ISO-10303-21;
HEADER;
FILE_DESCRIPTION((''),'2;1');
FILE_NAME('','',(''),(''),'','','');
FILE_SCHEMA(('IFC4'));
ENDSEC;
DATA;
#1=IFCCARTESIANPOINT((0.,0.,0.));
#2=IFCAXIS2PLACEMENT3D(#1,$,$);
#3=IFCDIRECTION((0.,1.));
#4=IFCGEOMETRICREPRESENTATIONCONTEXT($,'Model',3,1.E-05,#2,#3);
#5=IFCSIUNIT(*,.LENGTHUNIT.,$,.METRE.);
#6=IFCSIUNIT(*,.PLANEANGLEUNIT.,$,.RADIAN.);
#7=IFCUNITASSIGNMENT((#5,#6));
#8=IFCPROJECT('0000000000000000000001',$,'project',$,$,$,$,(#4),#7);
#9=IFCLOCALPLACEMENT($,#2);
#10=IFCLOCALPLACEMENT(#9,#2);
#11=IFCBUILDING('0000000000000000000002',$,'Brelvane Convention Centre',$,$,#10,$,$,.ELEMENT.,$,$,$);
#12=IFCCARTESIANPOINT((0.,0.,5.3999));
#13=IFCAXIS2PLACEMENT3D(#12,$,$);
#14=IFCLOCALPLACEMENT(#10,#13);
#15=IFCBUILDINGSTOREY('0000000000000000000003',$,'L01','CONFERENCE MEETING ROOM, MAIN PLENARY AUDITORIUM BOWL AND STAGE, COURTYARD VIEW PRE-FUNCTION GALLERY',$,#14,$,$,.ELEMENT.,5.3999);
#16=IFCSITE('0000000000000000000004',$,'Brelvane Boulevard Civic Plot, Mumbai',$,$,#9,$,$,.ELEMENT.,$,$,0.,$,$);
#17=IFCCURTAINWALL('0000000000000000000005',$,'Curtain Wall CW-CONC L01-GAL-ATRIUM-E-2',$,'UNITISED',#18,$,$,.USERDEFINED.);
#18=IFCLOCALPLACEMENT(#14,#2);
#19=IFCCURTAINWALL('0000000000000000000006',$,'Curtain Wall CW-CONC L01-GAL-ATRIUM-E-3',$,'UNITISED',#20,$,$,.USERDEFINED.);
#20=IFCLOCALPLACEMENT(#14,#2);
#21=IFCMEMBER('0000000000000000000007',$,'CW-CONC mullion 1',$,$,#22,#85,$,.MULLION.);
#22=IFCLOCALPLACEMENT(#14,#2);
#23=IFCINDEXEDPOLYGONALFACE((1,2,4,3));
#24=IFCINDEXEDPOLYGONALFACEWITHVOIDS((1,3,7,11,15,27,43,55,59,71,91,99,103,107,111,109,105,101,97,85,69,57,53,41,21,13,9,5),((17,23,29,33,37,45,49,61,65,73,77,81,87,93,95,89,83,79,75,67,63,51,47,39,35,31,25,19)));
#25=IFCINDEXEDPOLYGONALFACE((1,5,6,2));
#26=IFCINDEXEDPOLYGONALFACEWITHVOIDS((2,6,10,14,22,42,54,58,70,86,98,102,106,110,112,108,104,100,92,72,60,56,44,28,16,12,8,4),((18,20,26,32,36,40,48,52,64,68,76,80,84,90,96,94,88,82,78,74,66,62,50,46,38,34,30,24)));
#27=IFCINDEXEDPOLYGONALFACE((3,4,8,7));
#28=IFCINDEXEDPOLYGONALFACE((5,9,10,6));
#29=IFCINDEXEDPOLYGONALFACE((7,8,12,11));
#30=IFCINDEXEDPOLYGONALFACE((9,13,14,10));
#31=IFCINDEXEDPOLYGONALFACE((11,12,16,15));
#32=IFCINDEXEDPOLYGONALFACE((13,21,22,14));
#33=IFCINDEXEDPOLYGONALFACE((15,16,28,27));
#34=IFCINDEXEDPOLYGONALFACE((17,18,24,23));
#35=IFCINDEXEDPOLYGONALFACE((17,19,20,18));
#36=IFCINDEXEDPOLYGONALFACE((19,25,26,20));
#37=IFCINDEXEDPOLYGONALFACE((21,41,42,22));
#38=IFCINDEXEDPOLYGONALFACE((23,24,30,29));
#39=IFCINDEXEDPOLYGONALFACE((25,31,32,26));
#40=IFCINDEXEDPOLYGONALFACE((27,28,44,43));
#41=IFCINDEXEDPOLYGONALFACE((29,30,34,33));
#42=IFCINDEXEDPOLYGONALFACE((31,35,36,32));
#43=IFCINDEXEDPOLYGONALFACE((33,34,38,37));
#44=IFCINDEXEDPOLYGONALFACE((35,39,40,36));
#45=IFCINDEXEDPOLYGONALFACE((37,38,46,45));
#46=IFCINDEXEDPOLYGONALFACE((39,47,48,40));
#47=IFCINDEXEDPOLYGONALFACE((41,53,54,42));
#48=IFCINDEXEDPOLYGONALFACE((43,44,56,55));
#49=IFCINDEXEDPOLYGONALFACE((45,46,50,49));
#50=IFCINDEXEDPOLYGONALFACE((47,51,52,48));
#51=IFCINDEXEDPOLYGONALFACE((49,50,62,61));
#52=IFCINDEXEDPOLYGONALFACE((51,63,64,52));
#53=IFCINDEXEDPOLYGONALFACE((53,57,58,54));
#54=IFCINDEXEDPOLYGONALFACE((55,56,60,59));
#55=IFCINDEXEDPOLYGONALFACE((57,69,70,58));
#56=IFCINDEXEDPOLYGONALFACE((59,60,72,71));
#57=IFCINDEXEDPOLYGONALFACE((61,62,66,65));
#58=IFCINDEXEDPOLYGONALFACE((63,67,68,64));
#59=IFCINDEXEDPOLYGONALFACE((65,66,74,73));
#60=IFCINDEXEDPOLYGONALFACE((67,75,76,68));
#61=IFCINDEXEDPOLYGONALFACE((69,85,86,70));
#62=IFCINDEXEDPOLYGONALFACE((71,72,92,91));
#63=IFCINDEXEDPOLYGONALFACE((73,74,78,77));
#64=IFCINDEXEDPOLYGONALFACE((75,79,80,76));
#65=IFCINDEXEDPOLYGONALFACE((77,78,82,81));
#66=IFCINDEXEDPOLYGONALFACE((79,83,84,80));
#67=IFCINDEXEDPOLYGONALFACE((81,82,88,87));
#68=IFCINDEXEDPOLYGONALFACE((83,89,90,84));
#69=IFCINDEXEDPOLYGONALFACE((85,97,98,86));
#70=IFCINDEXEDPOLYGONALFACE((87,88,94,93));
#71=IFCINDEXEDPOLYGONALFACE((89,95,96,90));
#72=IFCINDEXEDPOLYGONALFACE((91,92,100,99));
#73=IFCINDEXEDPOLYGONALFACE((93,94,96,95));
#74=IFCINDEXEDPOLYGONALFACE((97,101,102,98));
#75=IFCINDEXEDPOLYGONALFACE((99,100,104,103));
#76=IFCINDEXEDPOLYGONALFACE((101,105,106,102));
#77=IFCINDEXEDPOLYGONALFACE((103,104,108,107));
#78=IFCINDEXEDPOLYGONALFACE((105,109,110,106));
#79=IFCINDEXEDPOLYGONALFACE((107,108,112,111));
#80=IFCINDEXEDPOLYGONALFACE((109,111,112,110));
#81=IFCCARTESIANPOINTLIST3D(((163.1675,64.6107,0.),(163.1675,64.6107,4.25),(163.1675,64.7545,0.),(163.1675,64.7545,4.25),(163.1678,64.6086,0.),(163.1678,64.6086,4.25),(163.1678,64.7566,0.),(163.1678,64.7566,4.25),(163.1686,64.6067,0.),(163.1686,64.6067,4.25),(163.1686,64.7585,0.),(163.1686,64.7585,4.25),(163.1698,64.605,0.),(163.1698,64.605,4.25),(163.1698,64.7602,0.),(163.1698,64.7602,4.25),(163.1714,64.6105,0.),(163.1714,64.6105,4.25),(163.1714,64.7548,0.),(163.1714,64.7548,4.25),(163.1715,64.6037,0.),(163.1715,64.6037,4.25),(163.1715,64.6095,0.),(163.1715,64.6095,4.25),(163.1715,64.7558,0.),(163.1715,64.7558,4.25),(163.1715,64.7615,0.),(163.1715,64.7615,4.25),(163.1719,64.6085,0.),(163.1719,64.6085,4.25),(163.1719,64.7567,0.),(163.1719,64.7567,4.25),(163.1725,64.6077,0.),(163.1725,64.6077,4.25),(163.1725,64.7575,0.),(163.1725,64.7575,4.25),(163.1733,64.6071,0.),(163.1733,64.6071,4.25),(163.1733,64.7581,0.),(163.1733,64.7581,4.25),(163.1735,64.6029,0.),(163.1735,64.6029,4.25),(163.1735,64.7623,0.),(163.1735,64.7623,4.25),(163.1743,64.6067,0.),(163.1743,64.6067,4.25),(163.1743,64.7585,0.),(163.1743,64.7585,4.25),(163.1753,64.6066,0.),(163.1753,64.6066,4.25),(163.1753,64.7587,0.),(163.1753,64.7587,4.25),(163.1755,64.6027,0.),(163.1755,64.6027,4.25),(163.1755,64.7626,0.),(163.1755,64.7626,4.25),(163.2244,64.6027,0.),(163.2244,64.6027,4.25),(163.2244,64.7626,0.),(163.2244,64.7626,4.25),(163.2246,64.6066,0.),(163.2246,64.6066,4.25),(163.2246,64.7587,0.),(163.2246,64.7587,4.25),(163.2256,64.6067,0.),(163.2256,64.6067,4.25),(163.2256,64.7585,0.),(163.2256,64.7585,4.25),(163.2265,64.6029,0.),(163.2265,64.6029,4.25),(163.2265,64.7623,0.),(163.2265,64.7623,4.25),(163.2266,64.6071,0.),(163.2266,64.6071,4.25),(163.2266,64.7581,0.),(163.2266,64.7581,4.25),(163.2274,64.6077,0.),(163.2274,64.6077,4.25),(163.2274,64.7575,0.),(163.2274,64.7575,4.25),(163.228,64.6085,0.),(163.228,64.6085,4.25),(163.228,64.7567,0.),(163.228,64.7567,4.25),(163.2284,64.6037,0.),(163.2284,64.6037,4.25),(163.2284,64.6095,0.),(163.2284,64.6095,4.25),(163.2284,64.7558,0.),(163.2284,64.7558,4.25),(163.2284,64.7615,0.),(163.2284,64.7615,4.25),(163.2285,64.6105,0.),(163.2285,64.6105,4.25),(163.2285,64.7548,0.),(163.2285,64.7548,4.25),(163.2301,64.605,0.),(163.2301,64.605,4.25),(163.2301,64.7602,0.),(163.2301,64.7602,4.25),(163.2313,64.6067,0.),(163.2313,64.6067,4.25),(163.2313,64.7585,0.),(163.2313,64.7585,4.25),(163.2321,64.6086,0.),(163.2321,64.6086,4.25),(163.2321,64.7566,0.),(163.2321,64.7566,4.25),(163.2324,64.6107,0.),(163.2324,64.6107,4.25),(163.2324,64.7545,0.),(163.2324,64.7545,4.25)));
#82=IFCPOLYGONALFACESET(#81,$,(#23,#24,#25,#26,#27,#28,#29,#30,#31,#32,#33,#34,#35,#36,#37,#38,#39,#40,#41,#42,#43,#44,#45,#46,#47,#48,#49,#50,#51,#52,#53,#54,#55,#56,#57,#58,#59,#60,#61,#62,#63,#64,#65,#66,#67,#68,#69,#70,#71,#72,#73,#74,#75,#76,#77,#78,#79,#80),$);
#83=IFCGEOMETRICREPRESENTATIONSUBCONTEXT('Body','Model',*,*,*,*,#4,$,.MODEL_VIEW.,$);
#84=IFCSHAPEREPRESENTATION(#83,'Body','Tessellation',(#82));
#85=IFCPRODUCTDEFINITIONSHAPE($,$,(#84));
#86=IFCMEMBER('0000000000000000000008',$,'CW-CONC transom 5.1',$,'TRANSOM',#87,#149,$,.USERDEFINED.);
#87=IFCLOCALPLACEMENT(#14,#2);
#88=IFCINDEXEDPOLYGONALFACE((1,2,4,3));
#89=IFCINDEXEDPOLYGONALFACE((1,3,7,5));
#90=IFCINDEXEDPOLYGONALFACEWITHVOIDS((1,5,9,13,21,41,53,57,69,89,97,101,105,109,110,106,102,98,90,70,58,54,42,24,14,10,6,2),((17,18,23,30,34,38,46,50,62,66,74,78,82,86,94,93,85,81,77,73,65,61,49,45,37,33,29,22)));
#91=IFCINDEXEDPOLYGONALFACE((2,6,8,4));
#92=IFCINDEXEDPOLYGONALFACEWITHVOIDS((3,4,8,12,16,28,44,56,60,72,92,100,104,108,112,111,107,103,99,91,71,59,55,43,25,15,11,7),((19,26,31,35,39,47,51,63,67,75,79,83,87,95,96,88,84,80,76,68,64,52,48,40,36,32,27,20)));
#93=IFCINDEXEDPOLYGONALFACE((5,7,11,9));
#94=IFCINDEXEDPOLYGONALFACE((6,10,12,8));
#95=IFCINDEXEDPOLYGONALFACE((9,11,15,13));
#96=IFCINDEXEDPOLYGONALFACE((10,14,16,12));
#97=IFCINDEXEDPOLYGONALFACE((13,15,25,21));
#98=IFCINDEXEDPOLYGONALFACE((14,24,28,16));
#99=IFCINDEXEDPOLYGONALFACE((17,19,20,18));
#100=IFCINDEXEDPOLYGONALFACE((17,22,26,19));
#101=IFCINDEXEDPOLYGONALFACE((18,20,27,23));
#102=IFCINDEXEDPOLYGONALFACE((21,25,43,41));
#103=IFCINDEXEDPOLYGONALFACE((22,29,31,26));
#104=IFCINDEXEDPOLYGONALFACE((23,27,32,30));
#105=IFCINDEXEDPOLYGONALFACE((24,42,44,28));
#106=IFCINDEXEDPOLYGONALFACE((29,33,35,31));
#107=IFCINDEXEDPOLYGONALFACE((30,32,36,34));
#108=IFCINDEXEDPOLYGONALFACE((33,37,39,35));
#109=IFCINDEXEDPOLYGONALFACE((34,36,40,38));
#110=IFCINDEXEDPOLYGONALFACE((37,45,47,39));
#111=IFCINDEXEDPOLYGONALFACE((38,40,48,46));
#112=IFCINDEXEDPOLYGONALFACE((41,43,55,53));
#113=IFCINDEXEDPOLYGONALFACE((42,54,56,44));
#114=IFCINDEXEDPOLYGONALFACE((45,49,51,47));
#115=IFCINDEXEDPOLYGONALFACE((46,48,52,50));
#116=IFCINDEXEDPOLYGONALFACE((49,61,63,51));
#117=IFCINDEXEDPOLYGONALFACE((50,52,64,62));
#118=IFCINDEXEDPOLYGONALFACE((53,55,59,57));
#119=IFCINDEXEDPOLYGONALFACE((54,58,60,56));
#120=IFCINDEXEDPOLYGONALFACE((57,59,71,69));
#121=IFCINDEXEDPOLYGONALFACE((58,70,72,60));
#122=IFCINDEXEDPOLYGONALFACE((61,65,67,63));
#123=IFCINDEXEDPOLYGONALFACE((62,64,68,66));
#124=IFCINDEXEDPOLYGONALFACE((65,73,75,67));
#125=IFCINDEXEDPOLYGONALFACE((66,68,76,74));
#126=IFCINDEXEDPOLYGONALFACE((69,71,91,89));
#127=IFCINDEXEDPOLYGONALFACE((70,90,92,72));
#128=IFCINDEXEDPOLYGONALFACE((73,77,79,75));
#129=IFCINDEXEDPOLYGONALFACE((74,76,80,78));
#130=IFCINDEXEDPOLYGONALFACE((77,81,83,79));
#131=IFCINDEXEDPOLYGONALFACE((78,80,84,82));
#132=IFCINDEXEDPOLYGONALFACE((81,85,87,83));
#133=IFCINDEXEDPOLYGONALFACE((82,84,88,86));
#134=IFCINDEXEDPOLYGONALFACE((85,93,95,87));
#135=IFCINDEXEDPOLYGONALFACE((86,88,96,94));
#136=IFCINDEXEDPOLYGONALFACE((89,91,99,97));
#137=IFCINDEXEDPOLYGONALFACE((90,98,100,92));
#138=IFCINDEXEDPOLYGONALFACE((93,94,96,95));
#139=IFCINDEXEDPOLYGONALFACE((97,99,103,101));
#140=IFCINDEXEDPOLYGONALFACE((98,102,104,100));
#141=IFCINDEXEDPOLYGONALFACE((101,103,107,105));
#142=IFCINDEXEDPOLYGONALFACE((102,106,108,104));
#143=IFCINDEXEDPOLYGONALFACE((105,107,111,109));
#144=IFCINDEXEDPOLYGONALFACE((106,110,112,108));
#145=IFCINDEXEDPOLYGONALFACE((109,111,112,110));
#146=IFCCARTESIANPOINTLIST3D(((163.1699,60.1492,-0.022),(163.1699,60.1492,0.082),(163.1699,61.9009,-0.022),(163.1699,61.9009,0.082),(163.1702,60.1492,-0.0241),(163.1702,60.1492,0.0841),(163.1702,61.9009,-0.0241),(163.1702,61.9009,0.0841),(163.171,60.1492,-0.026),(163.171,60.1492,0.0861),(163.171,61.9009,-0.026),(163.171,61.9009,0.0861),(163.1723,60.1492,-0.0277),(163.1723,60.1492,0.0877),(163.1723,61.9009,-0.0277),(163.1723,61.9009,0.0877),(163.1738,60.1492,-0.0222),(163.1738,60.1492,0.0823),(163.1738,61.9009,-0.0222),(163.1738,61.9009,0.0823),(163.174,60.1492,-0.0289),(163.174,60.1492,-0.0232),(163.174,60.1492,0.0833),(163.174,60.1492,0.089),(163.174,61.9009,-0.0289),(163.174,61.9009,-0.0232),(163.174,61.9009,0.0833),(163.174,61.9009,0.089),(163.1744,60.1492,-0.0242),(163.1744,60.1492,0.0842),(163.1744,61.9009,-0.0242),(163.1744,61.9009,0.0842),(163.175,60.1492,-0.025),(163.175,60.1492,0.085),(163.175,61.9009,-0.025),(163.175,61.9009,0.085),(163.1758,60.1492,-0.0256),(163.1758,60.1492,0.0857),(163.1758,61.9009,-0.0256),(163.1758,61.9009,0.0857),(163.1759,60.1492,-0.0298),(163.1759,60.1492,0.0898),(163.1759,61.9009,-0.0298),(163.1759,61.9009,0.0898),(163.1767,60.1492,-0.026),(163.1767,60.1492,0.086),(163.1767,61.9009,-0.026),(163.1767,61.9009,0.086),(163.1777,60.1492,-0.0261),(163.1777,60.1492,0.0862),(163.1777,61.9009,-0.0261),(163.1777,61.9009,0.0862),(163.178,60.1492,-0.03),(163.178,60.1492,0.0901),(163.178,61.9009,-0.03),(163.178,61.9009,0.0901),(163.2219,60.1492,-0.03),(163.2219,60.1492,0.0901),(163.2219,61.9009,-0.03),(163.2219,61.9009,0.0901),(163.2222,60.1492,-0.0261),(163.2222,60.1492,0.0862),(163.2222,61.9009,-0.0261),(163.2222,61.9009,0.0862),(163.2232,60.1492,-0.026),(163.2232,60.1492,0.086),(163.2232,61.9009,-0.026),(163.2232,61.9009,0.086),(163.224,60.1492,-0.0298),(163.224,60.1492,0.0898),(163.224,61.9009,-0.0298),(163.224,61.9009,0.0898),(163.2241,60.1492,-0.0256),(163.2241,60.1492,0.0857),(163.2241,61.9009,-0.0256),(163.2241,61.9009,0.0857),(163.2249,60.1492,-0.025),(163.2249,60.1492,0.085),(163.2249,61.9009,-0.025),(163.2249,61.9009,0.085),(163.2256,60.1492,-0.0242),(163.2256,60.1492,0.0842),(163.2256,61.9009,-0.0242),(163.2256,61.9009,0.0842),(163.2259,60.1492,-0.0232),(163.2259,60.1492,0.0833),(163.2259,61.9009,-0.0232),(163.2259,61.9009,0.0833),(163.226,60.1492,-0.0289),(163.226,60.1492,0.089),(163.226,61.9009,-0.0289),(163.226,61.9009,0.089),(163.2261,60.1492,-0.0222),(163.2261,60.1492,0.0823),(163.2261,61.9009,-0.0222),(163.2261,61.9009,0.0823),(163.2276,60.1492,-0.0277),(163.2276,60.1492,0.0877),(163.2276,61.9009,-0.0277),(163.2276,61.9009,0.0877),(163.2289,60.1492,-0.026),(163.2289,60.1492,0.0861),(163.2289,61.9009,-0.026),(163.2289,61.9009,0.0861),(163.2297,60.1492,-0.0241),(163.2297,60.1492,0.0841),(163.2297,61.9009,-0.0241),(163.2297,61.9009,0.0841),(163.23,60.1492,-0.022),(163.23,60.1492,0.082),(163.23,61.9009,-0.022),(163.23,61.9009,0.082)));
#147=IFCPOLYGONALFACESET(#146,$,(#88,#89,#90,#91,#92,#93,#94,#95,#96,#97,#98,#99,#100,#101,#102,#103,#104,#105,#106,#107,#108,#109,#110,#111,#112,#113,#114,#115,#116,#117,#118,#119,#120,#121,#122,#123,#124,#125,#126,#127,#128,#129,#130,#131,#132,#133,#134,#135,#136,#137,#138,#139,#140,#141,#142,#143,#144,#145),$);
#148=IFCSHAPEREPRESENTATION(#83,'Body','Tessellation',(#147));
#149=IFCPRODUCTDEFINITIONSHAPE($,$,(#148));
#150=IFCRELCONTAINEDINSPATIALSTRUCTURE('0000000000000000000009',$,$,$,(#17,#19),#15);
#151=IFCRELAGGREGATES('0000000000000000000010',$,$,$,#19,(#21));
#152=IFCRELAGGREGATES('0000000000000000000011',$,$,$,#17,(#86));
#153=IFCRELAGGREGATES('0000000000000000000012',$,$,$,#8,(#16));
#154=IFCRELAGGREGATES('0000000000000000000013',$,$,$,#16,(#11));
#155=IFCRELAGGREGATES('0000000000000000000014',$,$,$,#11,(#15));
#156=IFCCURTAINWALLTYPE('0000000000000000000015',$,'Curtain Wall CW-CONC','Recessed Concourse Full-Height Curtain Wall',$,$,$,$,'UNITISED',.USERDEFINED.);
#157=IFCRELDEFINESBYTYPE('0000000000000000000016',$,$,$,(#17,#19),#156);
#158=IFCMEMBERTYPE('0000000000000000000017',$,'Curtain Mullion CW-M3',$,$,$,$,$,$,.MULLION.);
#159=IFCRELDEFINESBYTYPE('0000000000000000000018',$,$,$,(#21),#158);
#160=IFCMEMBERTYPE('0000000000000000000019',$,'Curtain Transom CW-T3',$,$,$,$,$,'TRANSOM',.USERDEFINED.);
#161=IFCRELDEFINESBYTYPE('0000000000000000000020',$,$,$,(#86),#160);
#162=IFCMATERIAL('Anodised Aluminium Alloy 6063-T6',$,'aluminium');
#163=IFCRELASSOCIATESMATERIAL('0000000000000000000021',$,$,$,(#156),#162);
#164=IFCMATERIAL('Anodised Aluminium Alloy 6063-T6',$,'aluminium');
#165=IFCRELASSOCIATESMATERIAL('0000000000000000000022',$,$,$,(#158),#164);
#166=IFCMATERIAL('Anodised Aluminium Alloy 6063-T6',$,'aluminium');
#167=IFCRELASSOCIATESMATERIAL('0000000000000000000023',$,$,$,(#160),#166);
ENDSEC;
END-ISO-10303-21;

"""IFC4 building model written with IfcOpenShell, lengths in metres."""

from ifc_helpers import new_model, si_unit, direction, frame, origin, origin_2d, place, context, subcontext, project, spatial, hollow_rectangle, extrude, material, material_profile, profile_set, type_object, element, aggregate, save


model = new_model("IFC4")

# Units and contexts
model_context = context("Model", 3, precision=1e-05, world=origin(), true_north=direction((0.0, 1.0)))
body_context = subcontext(model_context, "Body", "Model", "MODEL_VIEW")
ifc_project = project(units=[si_unit("LENGTHUNIT", "METRE"), si_unit("PLANEANGLEUNIT", "RADIAN")], contexts=[model_context])

# Site, building, storey
site_placement = place(None, origin())
site = spatial("IfcSite", under=ifc_project, at=site_placement, Name="Brelvane Boulevard Civic Plot, Mumbai", CompositionType="ELEMENT", RefElevation=0.0)
building_placement = place(site_placement, origin())
building = spatial("IfcBuilding", under=site, at=building_placement, Name="Brelvane Convention Centre", CompositionType="ELEMENT")
storey_placement = place(building_placement, frame((0.0, 0.0, 5.3999)))
storey = spatial("IfcBuildingStorey", under=building, at=storey_placement, Name="L01", Description="CONFERENCE MEETING ROOM, MAIN PLENARY AUDITORIUM BOWL AND STAGE, COURTYARD VIEW PRE-FUNCTION GALLERY", CompositionType="ELEMENT", Elevation=5.3999)

# Curtain wall
ifc_material_1 = material(Name="Anodised Aluminium Alloy 6063-T6", Category="aluminium")
curtain_wall_type = type_object("IfcCurtainWallType", Name="Curtain Wall CW-CONC", Description="Recessed Concourse Full-Height Curtain Wall", ElementType="UNITISED", PredefinedType="USERDEFINED", material=ifc_material_1)
curtain_wall_1_placement = place(storey_placement, origin())
curtain_wall_1 = element("IfcCurtainWall", 1, at=curtain_wall_1_placement, inside=storey, type_object=curtain_wall_type, Name="Curtain Wall CW-CONC L01-GAL-ATRIUM-E-2", ObjectType="UNITISED", PredefinedType="USERDEFINED")
ifc_material_2 = material(Name="Anodised Aluminium Alloy 6063-T6", Category="aluminium")
ifc_material_profile_1 = material_profile(ifc_material_2, hollow_rectangle(XDim=0.0649, YDim=0.1599, WallThickness=0.0039, InnerFilletRadius=0.0039, OuterFilletRadius=0.0081, at=origin_2d()), Name="ALU-M 160x65x4.0")
ifc_profile_set_1 = profile_set([ifc_material_profile_1], Name="Anodised Aluminium Alloy 6063-T6")
member_type_1 = type_object("IfcMemberType", Name="Curtain Mullion CW-M3", PredefinedType="MULLION", material=ifc_profile_set_1)

# Curtain wall, member
curtain_wall_2_placement = place(storey_placement, origin())
curtain_wall_2 = element("IfcCurtainWall", 2, at=curtain_wall_2_placement, inside=storey, type_object=curtain_wall_type, Name="Curtain Wall CW-CONC L01-GAL-ATRIUM-E-3", ObjectType="UNITISED", PredefinedType="USERDEFINED")
member_1_placement = place(storey_placement, frame((163.2, 64.6826, 0.0), z_axis=(0.0, 0.0, 1.0), x_axis=(-1.0, 0.0, 0.0)))
member_1 = element("IfcMember", 3, at=member_1_placement, type_object=member_type_1, Name="CW-CONC mullion 1", PredefinedType="MULLION", context=body_context, shape_type="SweptSolid", body=[
    extrude(hollow_rectangle(XDim=0.0649, YDim=0.1599, WallThickness=0.0039, InnerFilletRadius=0.0039, OuterFilletRadius=0.0081, at=origin_2d()), origin(), (0.0, 0.0, 1.0), 4.25),
])

# Member
ifc_material_3 = material(Name="Anodised Aluminium Alloy 6063-T6", Category="aluminium")
ifc_material_profile_2 = material_profile(ifc_material_3, hollow_rectangle(XDim=0.0601, YDim=0.1201, WallThickness=0.0039, InnerFilletRadius=0.0039, OuterFilletRadius=0.0081, at=origin_2d()), Name="ALU-T 120x60x4.0")
ifc_profile_set_2 = profile_set([ifc_material_profile_2], Name="Anodised Aluminium Alloy 6063-T6")
member_type_2 = type_object("IfcMemberType", Name="Curtain Transom CW-T3", ElementType="TRANSOM", PredefinedType="USERDEFINED", material=ifc_profile_set_2)
member_2_placement = place(storey_placement, frame((163.2, 60.1492, 0.03), z_axis=(0.0, 1.0, 0.0), x_axis=(-1.0, 0.0, 0.0)))
member_2 = element("IfcMember", 4, at=member_2_placement, type_object=member_type_2, Name="CW-CONC transom 5.1", ObjectType="TRANSOM", PredefinedType="USERDEFINED", context=body_context, shape_type="SweptSolid", body=[
    extrude(hollow_rectangle(XDim=0.0601, YDim=0.1201, WallThickness=0.0039, InnerFilletRadius=0.0039, OuterFilletRadius=0.0081, at=origin_2d()), origin(), (0.0, 0.0, 1.0), 1.7517),
])
aggregate(curtain_wall_2, [member_1])

aggregate(curtain_wall_1, [member_2])

save(model, "model.ifc")
